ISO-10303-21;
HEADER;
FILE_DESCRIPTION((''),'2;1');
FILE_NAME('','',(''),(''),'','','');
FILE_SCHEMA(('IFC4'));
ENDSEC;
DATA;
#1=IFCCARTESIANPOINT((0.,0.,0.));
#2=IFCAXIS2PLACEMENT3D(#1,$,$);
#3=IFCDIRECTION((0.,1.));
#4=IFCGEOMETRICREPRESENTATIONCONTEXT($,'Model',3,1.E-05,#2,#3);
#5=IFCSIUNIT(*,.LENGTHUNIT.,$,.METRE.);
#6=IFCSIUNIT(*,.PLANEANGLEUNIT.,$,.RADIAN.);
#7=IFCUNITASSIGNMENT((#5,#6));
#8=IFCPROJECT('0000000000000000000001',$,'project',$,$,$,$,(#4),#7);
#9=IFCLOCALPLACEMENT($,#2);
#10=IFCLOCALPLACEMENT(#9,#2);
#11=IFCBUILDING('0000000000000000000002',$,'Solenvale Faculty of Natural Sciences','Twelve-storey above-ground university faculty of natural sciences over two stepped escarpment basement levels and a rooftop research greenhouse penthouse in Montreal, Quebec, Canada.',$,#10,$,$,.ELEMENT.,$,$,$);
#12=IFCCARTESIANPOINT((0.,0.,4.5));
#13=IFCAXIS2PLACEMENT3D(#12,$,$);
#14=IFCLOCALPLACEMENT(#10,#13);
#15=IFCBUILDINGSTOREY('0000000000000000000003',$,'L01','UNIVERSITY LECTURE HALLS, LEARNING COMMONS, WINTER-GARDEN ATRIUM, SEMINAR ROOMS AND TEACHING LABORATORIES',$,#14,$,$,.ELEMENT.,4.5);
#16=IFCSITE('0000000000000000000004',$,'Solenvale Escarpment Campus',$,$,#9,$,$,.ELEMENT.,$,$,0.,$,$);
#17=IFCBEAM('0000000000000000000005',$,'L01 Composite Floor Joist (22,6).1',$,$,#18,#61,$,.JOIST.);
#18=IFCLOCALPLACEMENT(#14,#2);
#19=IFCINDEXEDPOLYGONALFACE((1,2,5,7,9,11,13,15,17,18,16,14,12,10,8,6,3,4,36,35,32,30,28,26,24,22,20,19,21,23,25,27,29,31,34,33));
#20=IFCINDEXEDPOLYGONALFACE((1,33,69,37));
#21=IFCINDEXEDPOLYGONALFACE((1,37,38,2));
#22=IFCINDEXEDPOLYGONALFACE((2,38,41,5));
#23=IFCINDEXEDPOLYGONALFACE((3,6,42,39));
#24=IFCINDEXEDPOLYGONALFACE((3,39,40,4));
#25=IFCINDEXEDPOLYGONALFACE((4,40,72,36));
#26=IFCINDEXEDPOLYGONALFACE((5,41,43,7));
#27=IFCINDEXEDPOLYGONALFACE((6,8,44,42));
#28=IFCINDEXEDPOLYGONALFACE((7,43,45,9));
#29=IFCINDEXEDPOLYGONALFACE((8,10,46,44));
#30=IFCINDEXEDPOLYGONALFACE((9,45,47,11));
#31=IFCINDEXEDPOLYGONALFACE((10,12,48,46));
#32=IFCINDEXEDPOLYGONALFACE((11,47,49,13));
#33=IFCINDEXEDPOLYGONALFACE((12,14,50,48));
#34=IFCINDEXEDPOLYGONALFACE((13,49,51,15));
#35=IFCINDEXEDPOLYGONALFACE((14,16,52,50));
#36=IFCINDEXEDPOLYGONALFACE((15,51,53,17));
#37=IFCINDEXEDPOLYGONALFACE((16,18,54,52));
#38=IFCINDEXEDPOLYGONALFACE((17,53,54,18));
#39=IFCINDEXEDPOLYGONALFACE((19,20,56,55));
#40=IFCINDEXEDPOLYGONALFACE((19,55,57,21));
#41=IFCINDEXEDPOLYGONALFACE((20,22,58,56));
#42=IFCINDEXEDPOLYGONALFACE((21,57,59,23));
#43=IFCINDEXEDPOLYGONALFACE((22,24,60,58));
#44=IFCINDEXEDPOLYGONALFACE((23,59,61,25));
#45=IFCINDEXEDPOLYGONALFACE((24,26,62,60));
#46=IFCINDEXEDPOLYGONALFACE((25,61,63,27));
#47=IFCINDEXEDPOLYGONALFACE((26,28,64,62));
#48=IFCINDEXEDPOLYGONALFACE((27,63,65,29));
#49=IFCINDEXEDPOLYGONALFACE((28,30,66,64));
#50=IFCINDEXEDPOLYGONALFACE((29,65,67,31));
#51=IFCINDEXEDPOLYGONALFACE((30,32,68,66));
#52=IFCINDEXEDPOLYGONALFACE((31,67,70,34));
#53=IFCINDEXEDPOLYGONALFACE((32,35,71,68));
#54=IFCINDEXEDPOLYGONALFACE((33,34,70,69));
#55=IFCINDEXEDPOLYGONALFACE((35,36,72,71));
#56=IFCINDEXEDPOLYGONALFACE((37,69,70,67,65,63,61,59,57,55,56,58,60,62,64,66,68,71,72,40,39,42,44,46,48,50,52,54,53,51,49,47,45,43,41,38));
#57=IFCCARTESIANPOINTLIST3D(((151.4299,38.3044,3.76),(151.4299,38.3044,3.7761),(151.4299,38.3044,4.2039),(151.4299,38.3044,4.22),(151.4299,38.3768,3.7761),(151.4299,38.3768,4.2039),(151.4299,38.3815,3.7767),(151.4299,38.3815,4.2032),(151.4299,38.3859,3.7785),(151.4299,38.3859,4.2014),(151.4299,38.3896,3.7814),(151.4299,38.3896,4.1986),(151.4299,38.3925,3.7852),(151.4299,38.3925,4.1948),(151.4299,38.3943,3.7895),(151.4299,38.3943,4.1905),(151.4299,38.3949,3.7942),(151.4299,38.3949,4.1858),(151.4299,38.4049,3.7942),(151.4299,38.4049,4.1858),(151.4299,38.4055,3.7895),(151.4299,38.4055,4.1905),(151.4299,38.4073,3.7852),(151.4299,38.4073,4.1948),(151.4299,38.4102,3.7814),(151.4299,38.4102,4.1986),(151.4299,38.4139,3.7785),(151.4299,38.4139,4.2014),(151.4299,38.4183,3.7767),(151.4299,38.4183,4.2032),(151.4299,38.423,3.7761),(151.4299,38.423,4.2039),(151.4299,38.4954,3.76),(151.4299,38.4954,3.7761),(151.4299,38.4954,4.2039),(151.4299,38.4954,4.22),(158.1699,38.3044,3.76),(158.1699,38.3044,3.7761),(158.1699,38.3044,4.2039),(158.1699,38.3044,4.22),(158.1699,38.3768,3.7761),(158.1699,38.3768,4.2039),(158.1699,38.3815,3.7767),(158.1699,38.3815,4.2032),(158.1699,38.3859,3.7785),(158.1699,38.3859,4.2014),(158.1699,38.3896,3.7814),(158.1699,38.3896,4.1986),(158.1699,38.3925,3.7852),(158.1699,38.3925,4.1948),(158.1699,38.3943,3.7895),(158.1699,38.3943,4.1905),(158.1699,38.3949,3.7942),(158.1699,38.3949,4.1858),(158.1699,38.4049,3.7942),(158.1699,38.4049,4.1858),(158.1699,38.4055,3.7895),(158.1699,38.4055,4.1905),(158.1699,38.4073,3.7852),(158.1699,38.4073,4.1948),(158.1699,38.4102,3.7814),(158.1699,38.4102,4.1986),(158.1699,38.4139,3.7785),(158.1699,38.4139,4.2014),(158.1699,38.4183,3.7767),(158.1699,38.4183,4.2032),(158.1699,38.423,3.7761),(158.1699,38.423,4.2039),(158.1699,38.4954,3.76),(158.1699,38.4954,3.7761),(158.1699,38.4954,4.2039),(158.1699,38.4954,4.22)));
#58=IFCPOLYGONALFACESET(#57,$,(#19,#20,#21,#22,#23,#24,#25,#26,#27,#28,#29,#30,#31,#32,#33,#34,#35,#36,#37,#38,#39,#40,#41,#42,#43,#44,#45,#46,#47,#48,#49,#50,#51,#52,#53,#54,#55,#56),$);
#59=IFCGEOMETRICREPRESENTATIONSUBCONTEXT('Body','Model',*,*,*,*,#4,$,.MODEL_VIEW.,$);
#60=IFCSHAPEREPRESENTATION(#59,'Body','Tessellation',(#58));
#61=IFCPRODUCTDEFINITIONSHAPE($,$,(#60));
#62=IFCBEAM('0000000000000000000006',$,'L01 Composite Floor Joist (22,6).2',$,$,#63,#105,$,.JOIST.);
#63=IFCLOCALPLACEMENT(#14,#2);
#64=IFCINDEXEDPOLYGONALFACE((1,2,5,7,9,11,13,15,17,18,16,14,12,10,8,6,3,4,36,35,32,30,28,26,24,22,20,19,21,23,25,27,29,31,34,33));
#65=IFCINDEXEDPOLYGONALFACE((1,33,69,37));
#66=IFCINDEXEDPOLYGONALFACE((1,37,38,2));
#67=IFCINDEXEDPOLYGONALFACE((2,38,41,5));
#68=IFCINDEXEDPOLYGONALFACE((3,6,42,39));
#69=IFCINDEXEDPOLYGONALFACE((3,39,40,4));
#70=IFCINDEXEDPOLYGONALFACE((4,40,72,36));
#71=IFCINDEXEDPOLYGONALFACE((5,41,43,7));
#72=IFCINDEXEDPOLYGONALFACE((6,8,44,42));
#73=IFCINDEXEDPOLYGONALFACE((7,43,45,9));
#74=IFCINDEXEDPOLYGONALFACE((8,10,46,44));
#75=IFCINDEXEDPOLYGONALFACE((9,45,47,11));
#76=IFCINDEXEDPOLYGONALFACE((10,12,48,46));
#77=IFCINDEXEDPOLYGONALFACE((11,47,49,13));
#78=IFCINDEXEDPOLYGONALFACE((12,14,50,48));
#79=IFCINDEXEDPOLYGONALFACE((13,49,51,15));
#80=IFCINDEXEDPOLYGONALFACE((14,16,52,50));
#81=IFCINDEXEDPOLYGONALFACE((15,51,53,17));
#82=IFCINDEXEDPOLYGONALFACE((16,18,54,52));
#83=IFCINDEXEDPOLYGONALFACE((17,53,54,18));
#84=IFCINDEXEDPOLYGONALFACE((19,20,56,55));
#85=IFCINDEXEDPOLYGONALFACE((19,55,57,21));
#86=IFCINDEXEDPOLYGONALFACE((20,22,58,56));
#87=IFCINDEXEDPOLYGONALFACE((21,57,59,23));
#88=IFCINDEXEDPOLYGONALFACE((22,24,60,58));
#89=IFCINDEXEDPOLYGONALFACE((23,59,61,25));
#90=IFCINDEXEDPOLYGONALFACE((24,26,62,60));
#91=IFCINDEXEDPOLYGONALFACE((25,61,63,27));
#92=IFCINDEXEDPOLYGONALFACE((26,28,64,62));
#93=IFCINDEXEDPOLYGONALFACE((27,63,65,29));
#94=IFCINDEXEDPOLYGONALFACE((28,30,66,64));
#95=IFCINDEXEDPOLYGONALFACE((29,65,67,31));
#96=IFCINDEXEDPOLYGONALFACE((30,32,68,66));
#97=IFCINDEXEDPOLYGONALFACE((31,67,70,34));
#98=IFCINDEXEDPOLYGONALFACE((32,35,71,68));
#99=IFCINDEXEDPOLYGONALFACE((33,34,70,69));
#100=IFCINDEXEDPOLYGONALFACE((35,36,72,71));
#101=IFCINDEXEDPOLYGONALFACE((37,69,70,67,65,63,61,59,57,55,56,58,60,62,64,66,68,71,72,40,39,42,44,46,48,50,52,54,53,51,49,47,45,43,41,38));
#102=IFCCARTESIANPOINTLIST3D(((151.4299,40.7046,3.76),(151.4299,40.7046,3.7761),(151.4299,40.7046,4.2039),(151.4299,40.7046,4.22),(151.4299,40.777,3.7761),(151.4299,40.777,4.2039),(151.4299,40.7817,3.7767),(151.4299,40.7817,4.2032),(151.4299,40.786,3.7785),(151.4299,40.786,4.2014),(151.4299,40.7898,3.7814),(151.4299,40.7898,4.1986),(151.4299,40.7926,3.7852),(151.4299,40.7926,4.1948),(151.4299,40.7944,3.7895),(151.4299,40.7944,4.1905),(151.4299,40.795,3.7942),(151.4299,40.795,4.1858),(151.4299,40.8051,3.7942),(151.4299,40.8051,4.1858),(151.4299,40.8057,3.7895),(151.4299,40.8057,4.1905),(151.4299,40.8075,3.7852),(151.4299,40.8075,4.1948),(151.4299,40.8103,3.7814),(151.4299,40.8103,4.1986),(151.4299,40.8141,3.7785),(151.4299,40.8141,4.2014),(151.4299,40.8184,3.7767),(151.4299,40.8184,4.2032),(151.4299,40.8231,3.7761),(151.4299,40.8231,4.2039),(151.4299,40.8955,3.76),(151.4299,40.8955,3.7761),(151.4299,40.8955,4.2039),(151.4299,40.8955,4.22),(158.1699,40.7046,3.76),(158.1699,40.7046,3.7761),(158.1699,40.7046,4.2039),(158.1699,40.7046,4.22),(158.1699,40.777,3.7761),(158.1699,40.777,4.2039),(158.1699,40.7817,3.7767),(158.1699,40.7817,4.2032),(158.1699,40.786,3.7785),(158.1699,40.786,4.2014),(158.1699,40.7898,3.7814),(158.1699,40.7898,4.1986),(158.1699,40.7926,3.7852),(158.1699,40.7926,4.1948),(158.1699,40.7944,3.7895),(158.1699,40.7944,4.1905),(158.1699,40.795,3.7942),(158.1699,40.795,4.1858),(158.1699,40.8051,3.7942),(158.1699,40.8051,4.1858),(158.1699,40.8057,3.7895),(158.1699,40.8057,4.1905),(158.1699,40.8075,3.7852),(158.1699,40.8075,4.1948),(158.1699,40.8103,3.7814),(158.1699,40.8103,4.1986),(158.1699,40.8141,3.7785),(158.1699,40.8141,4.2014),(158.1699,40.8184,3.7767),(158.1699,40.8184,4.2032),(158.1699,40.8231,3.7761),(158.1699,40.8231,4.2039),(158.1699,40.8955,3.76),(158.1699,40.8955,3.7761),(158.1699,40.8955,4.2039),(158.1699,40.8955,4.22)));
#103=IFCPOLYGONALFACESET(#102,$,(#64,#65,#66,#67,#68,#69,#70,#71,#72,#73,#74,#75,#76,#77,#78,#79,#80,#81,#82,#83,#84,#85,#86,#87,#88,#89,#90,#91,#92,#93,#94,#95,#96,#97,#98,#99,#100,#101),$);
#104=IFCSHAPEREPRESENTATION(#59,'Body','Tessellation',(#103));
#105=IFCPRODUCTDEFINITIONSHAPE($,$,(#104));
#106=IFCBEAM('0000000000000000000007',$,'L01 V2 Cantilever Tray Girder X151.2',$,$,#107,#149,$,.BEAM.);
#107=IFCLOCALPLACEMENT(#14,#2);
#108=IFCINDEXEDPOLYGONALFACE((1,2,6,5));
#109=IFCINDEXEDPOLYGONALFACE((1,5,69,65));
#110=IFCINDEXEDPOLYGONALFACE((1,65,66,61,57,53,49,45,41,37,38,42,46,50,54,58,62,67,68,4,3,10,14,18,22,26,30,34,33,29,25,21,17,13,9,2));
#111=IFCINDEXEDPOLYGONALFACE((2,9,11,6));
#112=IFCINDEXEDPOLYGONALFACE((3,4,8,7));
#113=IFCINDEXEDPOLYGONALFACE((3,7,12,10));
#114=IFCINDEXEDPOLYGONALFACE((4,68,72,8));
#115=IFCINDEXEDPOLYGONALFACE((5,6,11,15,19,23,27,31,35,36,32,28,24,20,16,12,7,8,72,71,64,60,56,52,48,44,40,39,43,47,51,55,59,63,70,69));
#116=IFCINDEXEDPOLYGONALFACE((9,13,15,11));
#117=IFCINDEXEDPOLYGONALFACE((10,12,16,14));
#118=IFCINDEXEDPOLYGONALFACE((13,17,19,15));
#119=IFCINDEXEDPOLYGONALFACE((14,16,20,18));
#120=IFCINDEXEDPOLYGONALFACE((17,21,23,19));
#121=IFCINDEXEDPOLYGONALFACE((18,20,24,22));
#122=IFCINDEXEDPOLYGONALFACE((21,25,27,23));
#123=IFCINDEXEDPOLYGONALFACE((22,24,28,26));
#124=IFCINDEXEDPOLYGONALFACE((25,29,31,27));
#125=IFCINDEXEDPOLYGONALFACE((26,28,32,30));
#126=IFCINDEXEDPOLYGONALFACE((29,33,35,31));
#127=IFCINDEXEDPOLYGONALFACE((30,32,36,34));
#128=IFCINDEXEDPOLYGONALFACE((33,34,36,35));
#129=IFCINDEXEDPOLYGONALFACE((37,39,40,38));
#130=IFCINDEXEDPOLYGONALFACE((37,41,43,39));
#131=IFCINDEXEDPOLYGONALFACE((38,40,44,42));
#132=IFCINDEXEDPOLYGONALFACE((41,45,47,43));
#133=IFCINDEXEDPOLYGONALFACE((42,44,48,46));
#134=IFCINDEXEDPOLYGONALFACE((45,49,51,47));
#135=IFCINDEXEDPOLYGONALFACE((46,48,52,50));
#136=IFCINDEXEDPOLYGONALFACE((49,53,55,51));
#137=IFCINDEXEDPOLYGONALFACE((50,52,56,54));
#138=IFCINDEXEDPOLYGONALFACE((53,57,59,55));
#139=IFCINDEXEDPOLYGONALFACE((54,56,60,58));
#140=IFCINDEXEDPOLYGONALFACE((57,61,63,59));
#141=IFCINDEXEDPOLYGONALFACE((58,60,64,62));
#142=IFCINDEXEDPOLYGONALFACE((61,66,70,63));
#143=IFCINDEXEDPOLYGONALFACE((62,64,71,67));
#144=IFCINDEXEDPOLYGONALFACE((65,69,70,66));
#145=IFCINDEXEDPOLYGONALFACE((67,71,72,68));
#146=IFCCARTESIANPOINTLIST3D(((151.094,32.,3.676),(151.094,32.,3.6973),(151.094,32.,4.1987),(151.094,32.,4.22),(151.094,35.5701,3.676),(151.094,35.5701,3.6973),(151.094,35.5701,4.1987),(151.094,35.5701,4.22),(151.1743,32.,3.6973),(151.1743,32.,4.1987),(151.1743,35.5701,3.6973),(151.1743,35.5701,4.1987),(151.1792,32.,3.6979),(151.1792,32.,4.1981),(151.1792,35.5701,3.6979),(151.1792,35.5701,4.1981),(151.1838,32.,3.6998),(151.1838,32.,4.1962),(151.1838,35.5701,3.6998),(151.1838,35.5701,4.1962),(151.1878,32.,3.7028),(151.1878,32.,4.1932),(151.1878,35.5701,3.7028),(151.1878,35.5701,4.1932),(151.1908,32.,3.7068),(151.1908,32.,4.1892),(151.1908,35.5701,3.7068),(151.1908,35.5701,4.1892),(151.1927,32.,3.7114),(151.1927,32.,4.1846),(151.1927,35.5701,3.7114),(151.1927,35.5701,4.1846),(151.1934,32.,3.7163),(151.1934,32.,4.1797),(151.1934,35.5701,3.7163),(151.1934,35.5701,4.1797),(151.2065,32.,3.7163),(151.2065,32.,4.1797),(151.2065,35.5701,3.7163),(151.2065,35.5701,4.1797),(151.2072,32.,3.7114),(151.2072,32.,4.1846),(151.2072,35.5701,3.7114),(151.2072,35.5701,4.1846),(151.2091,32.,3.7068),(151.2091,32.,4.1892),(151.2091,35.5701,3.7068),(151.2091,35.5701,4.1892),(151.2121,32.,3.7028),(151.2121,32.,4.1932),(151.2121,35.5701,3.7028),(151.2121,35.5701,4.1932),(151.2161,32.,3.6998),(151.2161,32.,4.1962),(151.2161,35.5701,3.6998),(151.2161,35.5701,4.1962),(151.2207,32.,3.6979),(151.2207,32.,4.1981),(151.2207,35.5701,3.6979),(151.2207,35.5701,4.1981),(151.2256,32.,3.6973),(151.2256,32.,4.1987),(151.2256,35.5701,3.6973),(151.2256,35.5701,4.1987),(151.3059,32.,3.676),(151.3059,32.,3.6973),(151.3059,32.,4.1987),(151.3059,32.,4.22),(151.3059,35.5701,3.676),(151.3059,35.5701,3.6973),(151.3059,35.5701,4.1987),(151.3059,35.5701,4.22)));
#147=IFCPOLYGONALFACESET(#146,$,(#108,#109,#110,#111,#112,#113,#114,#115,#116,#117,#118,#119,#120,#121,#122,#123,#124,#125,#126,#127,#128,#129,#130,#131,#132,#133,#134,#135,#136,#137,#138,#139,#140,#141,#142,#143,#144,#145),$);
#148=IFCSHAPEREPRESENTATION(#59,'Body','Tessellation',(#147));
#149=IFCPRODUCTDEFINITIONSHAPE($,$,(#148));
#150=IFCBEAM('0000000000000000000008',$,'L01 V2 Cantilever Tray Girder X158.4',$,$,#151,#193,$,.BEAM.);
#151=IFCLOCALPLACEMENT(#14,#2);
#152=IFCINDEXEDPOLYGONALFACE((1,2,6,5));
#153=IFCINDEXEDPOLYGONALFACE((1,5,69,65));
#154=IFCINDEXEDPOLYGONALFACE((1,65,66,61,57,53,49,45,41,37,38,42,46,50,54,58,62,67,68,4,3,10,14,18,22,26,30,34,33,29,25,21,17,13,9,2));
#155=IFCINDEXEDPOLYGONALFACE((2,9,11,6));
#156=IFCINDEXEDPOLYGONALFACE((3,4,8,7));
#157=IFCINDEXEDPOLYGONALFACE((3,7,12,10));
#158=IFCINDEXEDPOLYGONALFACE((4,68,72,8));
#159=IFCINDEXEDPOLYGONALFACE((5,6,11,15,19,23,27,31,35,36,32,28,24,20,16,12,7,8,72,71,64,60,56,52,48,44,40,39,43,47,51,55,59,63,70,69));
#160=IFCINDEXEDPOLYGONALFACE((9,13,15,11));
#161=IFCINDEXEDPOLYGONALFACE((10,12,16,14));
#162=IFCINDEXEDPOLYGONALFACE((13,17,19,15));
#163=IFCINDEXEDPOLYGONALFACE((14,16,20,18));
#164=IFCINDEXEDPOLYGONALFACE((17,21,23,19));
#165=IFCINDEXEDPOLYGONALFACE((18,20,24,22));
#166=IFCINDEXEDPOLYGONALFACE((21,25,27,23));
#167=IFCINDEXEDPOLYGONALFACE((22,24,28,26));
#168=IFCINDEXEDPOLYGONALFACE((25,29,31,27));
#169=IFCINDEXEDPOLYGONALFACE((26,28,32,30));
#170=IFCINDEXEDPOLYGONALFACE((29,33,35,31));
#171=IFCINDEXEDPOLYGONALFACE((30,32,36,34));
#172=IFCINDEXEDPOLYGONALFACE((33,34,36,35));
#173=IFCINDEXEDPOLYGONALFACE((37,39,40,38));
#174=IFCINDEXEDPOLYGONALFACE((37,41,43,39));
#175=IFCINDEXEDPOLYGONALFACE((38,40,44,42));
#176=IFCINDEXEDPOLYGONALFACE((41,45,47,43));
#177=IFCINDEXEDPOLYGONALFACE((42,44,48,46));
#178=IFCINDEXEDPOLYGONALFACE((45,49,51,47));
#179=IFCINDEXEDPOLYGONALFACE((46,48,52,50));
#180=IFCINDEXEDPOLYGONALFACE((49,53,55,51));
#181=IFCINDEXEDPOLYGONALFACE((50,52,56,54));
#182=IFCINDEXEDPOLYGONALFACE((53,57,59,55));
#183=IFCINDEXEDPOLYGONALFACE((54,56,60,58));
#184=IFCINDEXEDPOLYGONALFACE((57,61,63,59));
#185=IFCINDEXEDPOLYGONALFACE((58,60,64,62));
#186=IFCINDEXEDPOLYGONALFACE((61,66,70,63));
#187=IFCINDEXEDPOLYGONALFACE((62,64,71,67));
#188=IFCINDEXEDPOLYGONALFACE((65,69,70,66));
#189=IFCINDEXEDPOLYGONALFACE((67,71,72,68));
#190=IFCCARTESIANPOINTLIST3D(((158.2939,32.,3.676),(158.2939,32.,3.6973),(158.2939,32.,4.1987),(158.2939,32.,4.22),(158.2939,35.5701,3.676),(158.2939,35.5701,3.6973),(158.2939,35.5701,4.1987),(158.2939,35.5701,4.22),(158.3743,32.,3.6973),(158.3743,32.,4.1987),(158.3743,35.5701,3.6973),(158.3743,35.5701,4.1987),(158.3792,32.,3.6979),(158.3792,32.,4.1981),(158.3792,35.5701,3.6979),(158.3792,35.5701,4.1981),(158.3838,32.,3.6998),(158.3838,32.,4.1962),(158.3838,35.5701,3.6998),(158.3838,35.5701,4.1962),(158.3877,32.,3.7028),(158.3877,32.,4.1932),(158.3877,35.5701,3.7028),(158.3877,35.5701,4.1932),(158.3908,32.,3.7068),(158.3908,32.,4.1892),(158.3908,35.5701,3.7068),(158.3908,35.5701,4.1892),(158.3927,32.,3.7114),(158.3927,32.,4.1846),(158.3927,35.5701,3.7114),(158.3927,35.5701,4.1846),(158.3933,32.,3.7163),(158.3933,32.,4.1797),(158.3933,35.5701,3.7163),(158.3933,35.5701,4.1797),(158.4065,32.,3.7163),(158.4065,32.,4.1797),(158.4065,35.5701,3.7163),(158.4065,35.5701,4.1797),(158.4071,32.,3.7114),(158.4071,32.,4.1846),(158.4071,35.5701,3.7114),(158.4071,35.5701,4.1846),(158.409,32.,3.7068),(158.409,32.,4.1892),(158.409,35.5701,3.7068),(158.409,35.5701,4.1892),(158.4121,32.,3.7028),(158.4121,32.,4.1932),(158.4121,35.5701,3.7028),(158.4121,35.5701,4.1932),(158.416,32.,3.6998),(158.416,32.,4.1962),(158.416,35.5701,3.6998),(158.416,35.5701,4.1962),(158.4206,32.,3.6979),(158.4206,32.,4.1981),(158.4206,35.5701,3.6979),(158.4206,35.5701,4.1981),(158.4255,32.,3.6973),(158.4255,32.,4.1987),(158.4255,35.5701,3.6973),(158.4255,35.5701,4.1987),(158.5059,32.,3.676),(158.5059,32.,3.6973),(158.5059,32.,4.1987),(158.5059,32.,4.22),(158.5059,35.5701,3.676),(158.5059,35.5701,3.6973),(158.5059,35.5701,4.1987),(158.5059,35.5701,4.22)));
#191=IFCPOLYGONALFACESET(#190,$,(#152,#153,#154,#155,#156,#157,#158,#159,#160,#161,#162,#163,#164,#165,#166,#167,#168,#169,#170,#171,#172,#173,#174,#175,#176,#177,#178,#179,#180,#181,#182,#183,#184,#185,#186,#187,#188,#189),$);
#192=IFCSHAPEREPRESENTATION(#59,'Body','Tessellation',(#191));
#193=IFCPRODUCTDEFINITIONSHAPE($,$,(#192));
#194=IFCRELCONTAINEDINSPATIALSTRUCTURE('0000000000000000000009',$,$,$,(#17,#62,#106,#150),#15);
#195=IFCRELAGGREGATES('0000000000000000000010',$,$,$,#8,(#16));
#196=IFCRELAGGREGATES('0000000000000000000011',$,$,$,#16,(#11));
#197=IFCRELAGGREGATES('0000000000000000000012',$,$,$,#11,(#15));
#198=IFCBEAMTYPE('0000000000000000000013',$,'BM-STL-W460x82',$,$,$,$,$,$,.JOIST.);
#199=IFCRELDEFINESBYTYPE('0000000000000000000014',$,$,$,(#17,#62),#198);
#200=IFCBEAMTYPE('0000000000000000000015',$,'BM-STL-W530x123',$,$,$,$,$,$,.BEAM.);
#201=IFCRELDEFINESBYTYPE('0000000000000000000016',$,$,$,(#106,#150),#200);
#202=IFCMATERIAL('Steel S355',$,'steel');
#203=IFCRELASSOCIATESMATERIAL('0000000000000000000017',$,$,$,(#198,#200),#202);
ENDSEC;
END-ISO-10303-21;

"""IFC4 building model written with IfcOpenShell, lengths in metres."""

from ifc_helpers import new_model, si_unit, direction, frame, origin, origin_2d, place, context, subcontext, project, spatial, i_section, extrude, material, material_profile, profile_set, type_object, element, save


model = new_model("IFC4")

# Units and contexts
model_context = context("Model", 3, precision=1e-05, world=origin(), true_north=direction((0.0, 1.0)))
body_context = subcontext(model_context, "Body", "Model", "MODEL_VIEW")
ifc_project = project(units=[si_unit("LENGTHUNIT", "METRE"), si_unit("PLANEANGLEUNIT", "RADIAN")], contexts=[model_context])

# Site, building, storey
site_placement = place(None, origin())
site = spatial("IfcSite", under=ifc_project, at=site_placement, Name="Solenvale Escarpment Campus", CompositionType="ELEMENT", RefElevation=0.0)
building_placement = place(site_placement, origin())
building = spatial("IfcBuilding", under=site, at=building_placement, Name="Solenvale Faculty of Natural Sciences", Description="Twelve-storey above-ground university faculty of natural sciences over two stepped escarpment basement levels and a rooftop research greenhouse penthouse in Montreal, Quebec, Canada.", CompositionType="ELEMENT")
storey_placement = place(building_placement, frame((0.0, 0.0, 4.5)))
storey = spatial("IfcBuildingStorey", under=building, at=storey_placement, Name="L01", Description="UNIVERSITY LECTURE HALLS, LEARNING COMMONS, WINTER-GARDEN ATRIUM, SEMINAR ROOMS AND TEACHING LABORATORIES", CompositionType="ELEMENT", Elevation=4.5)

# Beams
ifc_material_1 = material(Name="Steel S355", Category="steel")
ifc_material_profile_1 = material_profile(ifc_material_1, i_section(OverallWidth=0.1909, OverallDepth=0.46, WebThickness=0.01, FlangeThickness=0.0161, FilletRadius=0.0181, at=origin_2d()), Name="W460x82")
ifc_profile_set_1 = profile_set([ifc_material_profile_1], Name="Steel S355")
beam_type_1 = type_object("IfcBeamType", Name="BM-STL-W460x82", PredefinedType="JOIST", material=ifc_profile_set_1)
for number, where, z_axis, x_axis, name in (
    (1, (151.4299, 38.3999, 3.99), (1.0, 0.0, 0.0), (0.0, 1.0, 0.0), "L01 Composite Floor Joist (22,6).1"),
    (2, (151.4299, 40.8, 3.99), (1.0, 0.0, 0.0), (0.0, 1.0, 0.0), "L01 Composite Floor Joist (22,6).2"),
):
    element("IfcBeam", number, at=place(storey_placement, frame(where, z_axis=z_axis, x_axis=x_axis)), inside=storey, type_object=beam_type_1, Name=name, PredefinedType="JOIST", context=body_context, shape_type="SweptSolid", body=[
        extrude(i_section(OverallWidth=0.1909, OverallDepth=0.46, WebThickness=0.01, FlangeThickness=0.0161, FilletRadius=0.0181, at=origin_2d()), origin(), (0.0, 0.0, 1.0), 6.74),
    ])
ifc_material_profile_2 = material_profile(ifc_material_1, i_section(OverallWidth=0.2119, OverallDepth=0.5439, WebThickness=0.0132, FlangeThickness=0.0212, FilletRadius=0.019, at=origin_2d()), Name="W530x123")
ifc_profile_set_2 = profile_set([ifc_material_profile_2], Name="Steel S355")
beam_type_2 = type_object("IfcBeamType", Name="BM-STL-W530x123", PredefinedType="BEAM", material=ifc_profile_set_2)
for number, where, z_axis, x_axis, name in (
    (3, (151.2, 35.5701, 3.948), (0.0, -1.0, 0.0), (1.0, 0.0, 0.0), "L01 V2 Cantilever Tray Girder X151.2"),
    (4, (158.3999, 35.5701, 3.948), (0.0, -1.0, 0.0), (1.0, 0.0, 0.0), "L01 V2 Cantilever Tray Girder X158.4"),
):
    element("IfcBeam", number, at=place(storey_placement, frame(where, z_axis=z_axis, x_axis=x_axis)), inside=storey, type_object=beam_type_2, Name=name, PredefinedType="BEAM", context=body_context, shape_type="SweptSolid", body=[
        extrude(i_section(OverallWidth=0.2119, OverallDepth=0.5439, WebThickness=0.0132, FlangeThickness=0.0212, FilletRadius=0.019, at=origin_2d()), origin(), (0.0, 0.0, 1.0), 3.5701),
    ])

save(model, "model.ifc")
